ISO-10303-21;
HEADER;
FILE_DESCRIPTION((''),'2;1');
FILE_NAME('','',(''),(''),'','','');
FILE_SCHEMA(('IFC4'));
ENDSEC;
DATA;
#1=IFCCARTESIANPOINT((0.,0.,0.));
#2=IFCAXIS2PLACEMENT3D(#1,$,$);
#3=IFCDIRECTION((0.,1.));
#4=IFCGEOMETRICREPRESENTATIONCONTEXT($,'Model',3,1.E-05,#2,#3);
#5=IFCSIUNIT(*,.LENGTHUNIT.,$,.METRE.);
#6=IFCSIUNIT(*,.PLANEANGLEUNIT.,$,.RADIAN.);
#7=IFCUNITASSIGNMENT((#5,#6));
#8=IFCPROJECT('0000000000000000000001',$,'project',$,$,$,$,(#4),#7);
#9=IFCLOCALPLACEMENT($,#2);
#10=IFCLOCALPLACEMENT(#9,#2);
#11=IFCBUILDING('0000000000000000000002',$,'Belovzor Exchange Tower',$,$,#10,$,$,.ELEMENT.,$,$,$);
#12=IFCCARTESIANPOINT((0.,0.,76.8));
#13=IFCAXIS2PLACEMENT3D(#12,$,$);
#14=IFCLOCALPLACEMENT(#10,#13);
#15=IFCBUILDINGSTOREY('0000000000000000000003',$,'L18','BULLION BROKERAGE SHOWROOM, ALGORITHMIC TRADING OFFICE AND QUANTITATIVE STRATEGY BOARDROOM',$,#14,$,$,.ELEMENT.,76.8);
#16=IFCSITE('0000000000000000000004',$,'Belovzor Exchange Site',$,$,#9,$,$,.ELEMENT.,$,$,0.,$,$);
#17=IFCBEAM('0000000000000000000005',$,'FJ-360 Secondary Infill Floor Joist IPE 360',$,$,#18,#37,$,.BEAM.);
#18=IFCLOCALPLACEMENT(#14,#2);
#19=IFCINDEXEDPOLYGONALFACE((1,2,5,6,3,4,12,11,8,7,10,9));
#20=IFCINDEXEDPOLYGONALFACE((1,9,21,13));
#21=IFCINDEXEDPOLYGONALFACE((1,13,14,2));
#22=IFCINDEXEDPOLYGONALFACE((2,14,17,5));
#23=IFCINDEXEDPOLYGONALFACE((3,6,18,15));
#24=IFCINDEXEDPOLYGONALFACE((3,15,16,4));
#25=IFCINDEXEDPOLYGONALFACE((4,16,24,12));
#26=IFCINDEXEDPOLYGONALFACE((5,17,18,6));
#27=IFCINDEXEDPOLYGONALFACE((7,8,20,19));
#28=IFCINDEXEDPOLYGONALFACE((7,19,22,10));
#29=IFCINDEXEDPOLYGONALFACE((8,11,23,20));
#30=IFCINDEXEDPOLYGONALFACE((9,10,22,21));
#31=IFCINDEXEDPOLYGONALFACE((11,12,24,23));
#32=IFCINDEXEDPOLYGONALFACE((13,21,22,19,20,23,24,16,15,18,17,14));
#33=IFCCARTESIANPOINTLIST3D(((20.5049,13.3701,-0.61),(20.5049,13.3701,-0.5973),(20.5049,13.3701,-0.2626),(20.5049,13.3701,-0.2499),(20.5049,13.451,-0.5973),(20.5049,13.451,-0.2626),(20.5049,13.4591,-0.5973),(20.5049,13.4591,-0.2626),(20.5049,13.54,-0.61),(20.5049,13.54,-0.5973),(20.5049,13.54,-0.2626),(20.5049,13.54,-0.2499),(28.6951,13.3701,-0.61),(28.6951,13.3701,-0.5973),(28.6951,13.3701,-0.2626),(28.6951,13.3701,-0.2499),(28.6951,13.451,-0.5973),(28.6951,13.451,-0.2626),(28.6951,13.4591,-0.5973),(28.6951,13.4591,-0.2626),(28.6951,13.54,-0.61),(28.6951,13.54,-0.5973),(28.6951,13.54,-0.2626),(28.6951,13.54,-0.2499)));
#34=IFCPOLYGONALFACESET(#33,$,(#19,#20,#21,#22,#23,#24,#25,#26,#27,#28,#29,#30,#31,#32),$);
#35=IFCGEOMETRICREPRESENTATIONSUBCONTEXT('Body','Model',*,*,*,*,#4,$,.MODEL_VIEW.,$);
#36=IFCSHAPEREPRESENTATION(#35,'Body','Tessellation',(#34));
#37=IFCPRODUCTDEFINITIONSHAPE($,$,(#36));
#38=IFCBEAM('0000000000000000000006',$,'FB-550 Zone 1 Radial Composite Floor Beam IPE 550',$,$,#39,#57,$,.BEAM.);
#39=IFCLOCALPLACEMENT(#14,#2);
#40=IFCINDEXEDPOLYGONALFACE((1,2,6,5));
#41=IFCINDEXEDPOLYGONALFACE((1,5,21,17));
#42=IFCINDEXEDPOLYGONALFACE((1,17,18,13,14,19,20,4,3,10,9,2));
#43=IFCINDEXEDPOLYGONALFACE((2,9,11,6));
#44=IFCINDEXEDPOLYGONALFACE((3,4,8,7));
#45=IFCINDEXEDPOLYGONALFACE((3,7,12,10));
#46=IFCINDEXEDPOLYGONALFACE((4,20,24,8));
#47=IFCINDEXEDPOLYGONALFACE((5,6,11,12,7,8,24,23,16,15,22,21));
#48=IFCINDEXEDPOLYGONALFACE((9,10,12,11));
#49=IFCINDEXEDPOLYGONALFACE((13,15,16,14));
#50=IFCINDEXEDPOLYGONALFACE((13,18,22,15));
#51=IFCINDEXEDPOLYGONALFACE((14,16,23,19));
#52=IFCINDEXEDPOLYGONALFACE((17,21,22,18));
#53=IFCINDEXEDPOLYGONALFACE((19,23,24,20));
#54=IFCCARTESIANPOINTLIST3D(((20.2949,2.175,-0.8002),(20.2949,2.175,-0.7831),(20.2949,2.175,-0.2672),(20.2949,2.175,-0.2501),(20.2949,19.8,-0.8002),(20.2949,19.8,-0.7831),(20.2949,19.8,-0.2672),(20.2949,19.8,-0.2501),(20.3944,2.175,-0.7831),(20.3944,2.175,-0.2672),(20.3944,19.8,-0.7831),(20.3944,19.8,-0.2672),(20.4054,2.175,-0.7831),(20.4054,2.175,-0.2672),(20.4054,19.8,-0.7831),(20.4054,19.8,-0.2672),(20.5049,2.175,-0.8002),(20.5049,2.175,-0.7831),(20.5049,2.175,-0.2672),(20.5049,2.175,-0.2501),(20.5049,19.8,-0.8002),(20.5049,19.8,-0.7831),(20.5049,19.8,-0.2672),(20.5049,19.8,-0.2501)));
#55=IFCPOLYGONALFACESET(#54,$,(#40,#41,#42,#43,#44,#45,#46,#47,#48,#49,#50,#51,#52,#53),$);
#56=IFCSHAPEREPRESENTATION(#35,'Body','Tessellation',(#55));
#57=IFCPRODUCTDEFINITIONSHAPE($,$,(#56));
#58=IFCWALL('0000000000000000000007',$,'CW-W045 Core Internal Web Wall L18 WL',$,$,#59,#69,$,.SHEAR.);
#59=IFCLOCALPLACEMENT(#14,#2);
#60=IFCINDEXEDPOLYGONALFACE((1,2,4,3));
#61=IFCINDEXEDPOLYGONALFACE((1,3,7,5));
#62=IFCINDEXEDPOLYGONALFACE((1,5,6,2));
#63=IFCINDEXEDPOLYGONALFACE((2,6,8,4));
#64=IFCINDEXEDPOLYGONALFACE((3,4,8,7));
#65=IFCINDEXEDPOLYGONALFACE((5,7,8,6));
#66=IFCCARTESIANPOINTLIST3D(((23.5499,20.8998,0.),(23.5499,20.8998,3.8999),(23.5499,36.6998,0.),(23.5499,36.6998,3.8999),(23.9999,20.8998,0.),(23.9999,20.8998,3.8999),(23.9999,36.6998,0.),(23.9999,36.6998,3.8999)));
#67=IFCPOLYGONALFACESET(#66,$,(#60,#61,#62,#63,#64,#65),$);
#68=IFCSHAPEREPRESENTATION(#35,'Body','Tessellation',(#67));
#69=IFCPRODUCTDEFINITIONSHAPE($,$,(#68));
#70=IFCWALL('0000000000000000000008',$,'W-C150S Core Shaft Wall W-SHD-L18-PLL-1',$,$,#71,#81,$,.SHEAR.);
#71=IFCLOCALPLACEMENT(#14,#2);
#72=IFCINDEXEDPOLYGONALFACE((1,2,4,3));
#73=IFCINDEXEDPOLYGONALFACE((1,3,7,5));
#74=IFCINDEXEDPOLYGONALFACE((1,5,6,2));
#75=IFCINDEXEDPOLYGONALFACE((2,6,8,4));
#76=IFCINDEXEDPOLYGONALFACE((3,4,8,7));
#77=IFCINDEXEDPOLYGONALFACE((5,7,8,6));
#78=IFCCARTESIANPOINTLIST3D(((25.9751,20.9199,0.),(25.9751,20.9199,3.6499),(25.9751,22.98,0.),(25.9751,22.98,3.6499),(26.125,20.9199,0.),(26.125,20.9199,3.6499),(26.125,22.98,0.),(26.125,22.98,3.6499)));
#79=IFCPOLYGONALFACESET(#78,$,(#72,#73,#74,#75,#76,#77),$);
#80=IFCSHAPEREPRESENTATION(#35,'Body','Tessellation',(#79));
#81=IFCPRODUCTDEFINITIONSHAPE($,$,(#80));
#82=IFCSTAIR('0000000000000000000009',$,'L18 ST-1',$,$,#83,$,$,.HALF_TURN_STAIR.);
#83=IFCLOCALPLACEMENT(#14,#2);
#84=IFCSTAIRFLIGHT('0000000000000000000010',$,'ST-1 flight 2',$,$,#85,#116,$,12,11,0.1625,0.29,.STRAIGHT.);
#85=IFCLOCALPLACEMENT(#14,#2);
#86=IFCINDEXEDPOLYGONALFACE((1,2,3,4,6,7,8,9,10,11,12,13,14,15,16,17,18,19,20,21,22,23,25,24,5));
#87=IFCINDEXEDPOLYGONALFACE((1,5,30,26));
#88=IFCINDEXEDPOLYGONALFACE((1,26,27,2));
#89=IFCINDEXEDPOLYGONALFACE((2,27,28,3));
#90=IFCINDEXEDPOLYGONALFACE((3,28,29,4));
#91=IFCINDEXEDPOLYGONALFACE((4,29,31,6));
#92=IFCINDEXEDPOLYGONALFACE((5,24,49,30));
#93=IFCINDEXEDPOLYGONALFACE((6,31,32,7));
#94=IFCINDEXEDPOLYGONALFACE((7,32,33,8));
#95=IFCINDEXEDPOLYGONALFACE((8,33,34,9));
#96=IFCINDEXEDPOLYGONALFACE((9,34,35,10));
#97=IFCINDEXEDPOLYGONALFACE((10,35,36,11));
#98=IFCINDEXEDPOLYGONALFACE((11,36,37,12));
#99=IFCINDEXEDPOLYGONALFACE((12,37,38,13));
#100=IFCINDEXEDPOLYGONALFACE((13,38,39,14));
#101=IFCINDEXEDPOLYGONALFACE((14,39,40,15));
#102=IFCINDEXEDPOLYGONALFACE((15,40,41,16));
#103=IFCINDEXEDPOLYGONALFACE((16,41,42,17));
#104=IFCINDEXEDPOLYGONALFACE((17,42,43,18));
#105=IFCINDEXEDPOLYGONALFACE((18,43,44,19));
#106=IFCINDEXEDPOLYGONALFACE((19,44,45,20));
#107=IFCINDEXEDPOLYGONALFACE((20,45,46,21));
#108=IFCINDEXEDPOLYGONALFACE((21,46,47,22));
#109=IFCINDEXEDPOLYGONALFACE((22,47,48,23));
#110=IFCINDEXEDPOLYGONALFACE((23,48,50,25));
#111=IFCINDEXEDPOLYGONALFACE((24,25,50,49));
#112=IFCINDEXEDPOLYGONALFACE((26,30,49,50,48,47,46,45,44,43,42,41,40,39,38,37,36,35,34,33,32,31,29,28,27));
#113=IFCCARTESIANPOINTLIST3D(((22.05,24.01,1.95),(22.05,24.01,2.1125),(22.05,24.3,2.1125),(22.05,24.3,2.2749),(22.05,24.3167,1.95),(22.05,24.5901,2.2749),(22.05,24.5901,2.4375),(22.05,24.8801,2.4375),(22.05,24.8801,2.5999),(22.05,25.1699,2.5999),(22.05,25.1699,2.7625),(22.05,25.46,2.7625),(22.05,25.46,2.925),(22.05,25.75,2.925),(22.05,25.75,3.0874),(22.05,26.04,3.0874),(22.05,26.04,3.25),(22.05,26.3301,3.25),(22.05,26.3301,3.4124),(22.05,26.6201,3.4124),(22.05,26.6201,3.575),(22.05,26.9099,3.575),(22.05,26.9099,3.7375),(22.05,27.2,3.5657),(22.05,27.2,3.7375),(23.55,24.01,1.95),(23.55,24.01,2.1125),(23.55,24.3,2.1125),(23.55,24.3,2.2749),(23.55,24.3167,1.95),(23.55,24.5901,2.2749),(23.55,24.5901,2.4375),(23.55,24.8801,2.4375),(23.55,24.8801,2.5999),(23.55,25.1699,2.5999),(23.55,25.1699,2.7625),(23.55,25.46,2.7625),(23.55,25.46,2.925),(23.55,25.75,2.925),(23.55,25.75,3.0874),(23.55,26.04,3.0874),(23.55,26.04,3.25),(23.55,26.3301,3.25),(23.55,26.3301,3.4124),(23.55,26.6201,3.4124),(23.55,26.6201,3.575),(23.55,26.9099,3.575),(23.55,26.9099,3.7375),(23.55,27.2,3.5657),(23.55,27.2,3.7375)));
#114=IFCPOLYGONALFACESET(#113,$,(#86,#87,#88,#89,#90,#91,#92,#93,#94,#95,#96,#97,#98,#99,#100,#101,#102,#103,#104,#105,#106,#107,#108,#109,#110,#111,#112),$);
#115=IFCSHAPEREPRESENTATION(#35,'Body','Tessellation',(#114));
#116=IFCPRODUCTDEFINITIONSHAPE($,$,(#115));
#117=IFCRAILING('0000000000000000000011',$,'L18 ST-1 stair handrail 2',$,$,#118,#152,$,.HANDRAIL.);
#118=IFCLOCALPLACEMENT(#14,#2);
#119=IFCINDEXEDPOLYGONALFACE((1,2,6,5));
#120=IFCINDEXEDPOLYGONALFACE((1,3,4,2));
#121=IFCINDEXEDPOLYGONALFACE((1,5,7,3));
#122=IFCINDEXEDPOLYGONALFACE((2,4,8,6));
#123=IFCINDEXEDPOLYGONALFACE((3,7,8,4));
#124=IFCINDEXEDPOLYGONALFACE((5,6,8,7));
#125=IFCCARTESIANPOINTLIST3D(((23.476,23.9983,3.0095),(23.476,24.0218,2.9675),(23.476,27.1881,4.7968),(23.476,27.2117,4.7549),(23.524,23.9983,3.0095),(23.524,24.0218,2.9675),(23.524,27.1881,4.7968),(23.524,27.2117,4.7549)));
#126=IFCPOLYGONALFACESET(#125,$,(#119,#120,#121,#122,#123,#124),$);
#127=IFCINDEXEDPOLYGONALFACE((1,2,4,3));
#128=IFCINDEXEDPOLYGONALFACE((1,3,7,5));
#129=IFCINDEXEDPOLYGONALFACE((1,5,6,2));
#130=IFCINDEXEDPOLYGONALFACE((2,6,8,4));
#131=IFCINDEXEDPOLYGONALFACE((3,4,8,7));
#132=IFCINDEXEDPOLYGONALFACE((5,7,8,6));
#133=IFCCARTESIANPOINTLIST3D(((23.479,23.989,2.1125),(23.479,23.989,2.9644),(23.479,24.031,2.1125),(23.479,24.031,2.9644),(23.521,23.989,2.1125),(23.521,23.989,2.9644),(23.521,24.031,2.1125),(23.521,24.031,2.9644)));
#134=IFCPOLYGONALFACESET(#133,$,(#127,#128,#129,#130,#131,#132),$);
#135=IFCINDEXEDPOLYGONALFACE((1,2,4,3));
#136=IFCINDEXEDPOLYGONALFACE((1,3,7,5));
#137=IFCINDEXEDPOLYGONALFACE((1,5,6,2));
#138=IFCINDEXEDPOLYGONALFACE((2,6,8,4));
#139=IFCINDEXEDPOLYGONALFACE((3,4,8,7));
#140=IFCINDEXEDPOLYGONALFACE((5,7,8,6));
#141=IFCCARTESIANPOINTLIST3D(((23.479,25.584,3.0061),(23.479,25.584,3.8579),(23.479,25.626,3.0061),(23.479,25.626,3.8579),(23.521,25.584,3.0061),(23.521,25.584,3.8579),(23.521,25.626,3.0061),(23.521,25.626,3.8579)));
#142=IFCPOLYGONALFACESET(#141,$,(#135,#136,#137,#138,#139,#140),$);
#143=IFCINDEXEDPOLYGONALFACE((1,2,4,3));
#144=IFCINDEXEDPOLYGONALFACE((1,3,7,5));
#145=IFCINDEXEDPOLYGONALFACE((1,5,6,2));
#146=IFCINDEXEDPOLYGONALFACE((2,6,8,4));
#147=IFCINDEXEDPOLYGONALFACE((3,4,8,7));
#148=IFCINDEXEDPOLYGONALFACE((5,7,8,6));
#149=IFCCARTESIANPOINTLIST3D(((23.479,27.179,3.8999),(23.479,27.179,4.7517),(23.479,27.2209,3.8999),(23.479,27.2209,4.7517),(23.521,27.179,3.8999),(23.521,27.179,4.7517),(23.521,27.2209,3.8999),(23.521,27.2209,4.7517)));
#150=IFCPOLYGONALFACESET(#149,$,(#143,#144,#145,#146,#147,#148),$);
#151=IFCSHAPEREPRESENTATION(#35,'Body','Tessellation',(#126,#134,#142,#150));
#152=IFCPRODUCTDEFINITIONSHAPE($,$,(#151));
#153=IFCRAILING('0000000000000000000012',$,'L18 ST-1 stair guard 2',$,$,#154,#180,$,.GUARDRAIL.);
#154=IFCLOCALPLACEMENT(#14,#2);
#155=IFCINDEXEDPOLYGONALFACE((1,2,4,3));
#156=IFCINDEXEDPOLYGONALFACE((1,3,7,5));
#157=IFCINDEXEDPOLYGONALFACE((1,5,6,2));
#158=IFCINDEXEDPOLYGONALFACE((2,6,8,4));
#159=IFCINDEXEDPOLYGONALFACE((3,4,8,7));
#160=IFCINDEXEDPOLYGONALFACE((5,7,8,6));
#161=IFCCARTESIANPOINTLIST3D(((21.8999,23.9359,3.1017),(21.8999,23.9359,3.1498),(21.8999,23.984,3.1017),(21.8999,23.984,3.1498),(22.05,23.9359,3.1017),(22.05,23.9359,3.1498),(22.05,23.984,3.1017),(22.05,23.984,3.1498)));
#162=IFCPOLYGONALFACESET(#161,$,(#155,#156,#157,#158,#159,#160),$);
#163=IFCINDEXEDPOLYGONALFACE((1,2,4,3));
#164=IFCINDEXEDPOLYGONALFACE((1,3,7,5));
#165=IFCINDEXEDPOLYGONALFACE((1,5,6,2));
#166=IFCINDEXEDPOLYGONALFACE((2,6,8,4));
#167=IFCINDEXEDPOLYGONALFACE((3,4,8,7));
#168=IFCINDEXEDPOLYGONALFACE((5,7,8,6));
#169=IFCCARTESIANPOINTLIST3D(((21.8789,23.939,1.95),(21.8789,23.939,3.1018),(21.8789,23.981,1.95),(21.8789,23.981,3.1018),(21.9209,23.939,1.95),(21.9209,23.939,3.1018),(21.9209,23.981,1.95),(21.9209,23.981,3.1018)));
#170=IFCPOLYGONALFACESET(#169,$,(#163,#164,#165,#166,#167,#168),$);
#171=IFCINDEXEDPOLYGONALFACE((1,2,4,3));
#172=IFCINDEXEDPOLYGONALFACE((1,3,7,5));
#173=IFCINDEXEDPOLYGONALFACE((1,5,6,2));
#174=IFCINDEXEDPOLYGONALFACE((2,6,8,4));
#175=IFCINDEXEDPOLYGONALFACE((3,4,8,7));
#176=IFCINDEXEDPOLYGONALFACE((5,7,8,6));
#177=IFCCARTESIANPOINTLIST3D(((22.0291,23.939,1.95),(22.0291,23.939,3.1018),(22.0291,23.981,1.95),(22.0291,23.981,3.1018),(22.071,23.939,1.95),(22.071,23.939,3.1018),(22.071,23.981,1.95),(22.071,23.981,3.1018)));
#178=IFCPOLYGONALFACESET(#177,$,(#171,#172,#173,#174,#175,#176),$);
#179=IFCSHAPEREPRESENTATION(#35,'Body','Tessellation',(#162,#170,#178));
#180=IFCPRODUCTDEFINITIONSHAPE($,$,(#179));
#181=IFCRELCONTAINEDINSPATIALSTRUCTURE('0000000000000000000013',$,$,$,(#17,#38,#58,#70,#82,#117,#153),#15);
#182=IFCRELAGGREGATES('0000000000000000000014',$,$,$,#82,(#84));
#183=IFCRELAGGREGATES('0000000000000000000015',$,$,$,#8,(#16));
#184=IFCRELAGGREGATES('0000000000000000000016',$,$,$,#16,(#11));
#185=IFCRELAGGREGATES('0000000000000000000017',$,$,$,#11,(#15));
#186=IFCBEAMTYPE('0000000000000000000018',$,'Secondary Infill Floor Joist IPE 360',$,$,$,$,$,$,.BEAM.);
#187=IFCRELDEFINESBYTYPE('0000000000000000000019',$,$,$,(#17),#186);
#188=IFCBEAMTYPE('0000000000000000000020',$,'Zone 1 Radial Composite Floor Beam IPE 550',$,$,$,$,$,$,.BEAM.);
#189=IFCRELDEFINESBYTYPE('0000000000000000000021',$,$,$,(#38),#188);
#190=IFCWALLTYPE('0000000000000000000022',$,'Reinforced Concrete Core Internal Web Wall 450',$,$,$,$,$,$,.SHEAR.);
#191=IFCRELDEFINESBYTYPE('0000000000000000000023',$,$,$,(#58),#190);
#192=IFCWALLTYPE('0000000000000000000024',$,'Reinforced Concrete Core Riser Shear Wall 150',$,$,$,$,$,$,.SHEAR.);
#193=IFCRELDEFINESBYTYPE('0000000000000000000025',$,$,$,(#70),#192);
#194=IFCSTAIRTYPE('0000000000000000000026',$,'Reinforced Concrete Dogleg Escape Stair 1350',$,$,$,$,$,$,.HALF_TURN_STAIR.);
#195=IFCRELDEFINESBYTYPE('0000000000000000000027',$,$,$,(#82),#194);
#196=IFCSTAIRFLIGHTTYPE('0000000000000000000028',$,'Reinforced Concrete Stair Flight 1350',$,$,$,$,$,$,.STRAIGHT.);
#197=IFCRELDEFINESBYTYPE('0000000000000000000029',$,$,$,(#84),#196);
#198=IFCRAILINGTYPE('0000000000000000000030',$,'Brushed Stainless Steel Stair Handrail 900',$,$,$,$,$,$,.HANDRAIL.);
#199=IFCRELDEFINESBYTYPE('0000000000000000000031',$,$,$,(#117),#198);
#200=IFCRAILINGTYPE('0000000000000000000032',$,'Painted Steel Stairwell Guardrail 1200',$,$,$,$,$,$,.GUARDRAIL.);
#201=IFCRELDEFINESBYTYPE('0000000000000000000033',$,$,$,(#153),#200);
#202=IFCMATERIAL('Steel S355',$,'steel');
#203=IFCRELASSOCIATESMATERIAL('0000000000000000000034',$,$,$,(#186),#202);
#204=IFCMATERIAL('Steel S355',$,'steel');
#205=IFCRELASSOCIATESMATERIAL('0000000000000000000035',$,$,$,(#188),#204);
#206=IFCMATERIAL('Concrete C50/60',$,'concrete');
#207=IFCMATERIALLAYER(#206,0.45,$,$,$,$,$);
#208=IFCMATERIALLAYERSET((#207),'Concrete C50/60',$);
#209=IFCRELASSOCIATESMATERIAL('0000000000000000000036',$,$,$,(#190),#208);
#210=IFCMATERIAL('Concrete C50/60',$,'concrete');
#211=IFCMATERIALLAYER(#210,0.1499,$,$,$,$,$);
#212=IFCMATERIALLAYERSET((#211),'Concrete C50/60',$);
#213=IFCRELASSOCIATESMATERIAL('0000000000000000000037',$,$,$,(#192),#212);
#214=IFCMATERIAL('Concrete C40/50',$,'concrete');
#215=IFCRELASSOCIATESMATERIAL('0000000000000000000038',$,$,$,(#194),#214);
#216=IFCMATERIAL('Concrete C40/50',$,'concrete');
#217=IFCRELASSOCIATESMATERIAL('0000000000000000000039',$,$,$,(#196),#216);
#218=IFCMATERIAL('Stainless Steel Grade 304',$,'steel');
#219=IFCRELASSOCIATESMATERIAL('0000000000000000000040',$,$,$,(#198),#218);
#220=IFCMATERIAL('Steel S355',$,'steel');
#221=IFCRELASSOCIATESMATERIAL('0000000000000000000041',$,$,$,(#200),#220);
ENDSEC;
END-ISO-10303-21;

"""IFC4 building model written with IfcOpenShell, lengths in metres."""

from ifc_helpers import new_model, si_unit, direction, frame, frame_2d, origin, origin_2d, place, context, subcontext, project, spatial, polyline, rectangle, i_section, outline, extrude, material, layer, layer_set, material_profile, profile_set, type_object, element, aggregate, save


model = new_model("IFC4")

# Units and contexts
model_context = context("Model", 3, precision=1e-05, world=origin(), true_north=direction((0.0, 1.0)))
body_context = subcontext(model_context, "Body", "Model", "MODEL_VIEW")
ifc_project = project(units=[si_unit("LENGTHUNIT", "METRE"), si_unit("PLANEANGLEUNIT", "RADIAN")], contexts=[model_context])

# Site, building, storey
site_placement = place(None, origin())
site = spatial("IfcSite", under=ifc_project, at=site_placement, Name="Belovzor Exchange Site", CompositionType="ELEMENT", RefElevation=0.0)
building_placement = place(site_placement, origin())
building = spatial("IfcBuilding", under=site, at=building_placement, Name="Belovzor Exchange Tower", CompositionType="ELEMENT")
storey_placement = place(building_placement, frame((0.0, 0.0, 76.8)))
storey = spatial("IfcBuildingStorey", under=building, at=storey_placement, Name="L18", Description="BULLION BROKERAGE SHOWROOM, ALGORITHMIC TRADING OFFICE AND QUANTITATIVE STRATEGY BOARDROOM", CompositionType="ELEMENT", Elevation=76.8)

# Beams
ifc_material_1 = material(Name="Steel S355", Category="steel")
ifc_material_profile_1 = material_profile(ifc_material_1, i_section(OverallWidth=0.1699, OverallDepth=0.3601, WebThickness=0.0081, FlangeThickness=0.0127, at=origin_2d()))
ifc_profile_set_1 = profile_set([ifc_material_profile_1], Name="Steel S355")
beam_type_1 = type_object("IfcBeamType", Name="Secondary Infill Floor Joist IPE 360", PredefinedType="BEAM", material=ifc_profile_set_1)
beam_1_placement = place(storey_placement, frame((20.5049, 13.4551, -0.4299), z_axis=(1.0, 0.0, 0.0), x_axis=(0.0, 1.0, 0.0)))
element("IfcBeam", 1, at=beam_1_placement, inside=storey, type_object=beam_type_1, Name="FJ-360 Secondary Infill Floor Joist IPE 360", PredefinedType="BEAM", context=body_context, shape_type="SweptSolid", body=[
    extrude(i_section(OverallWidth=0.1699, OverallDepth=0.3601, WebThickness=0.0081, FlangeThickness=0.0127, at=origin_2d()), origin(), (0.0, 0.0, 1.0), 8.1902),
])
ifc_material_2 = material(Name="Steel S355", Category="steel")
ifc_material_profile_2 = material_profile(ifc_material_2, i_section(OverallWidth=0.21, OverallDepth=0.55, WebThickness=0.011, FlangeThickness=0.0171, at=origin_2d()))
ifc_profile_set_2 = profile_set([ifc_material_profile_2], Name="Steel S355")
beam_type_2 = type_object("IfcBeamType", Name="Zone 1 Radial Composite Floor Beam IPE 550", PredefinedType="BEAM", material=ifc_profile_set_2)
beam_2_placement = place(storey_placement, frame((20.3999, 19.8, -0.5251), z_axis=(0.0, -1.0, 0.0), x_axis=(1.0, 0.0, 0.0)))
element("IfcBeam", 2, at=beam_2_placement, inside=storey, type_object=beam_type_2, Name="FB-550 Zone 1 Radial Composite Floor Beam IPE 550", PredefinedType="BEAM", context=body_context, shape_type="SweptSolid", body=[
    extrude(i_section(OverallWidth=0.21, OverallDepth=0.55, WebThickness=0.011, FlangeThickness=0.0171, at=origin_2d()), origin(), (0.0, 0.0, 1.0), 17.625),
])

# Walls
ifc_material_3 = material(Name="Concrete C50/60", Category="concrete")
ifc_layer_1 = layer(ifc_material_3, 0.45)
ifc_layer_set_1 = layer_set([ifc_layer_1], Name="Concrete C50/60")
wall_type_1 = type_object("IfcWallType", Name="Reinforced Concrete Core Internal Web Wall 450", PredefinedType="SHEAR", material=ifc_layer_set_1)
wall_1_placement = place(storey_placement, frame((23.7749, 20.8999, 0.0), z_axis=(0.0, 0.0, 1.0), x_axis=(0.0, 1.0, 0.0)))
element("IfcWall", 3, at=wall_1_placement, inside=storey, type_object=wall_type_1, Name="CW-W045 Core Internal Web Wall L18 WL", PredefinedType="SHEAR", context=body_context, shape_type="SweptSolid", body=[
    extrude(rectangle(XDim=15.8, YDim=0.45, at=frame_2d((7.8999, 0.0))), origin(), (0.0, 0.0, 1.0), 3.8999),
])
ifc_material_4 = material(Name="Concrete C50/60", Category="concrete")
ifc_layer_2 = layer(ifc_material_4, 0.1499)
ifc_layer_set_2 = layer_set([ifc_layer_2], Name="Concrete C50/60")
wall_type_2 = type_object("IfcWallType", Name="Reinforced Concrete Core Riser Shear Wall 150", PredefinedType="SHEAR", material=ifc_layer_set_2)
wall_2_placement = place(storey_placement, frame((26.05, 20.9199, 0.0), z_axis=(0.0, 0.0, 1.0), x_axis=(0.0, 1.0, 0.0)))
element("IfcWall", 4, at=wall_2_placement, inside=storey, type_object=wall_type_2, Name="W-C150S Core Shaft Wall W-SHD-L18-PLL-1", PredefinedType="SHEAR", context=body_context, shape_type="SweptSolid", body=[
    extrude(rectangle(XDim=2.0601, YDim=0.1499, at=frame_2d((1.03, 0.0))), origin(), (0.0, 0.0, 1.0), 3.6499),
])

# Stair, stair flight
ifc_material_5 = material(Name="Concrete C40/50", Category="concrete")
stair_type = type_object("IfcStairType", Name="Reinforced Concrete Dogleg Escape Stair 1350", PredefinedType="HALF_TURN_STAIR", material=ifc_material_5)
stair_placement = place(storey_placement, origin())
stair = element("IfcStair", 5, at=stair_placement, inside=storey, type_object=stair_type, Name="L18 ST-1", PredefinedType="HALF_TURN_STAIR")
ifc_material_6 = material(Name="Concrete C40/50", Category="concrete")
stair_flight_type = type_object("IfcStairFlightType", Name="Reinforced Concrete Stair Flight 1350", PredefinedType="STRAIGHT", material=ifc_material_6)
stair_flight_placement = place(storey_placement, frame((22.8, 24.01, 1.95), z_axis=(0.0, 0.0, 1.0), x_axis=(0.0, 1.0, 0.0)))
stair_flight = element("IfcStairFlight", 6, at=stair_flight_placement, type_object=stair_flight_type, Name="ST-1 flight 2", NumberOfRisers=12, NumberOfTreads=11, PredefinedType="STRAIGHT", RiserHeight=0.1625, TreadLength=0.29, context=body_context, shape_type="SweptSolid", body=[
    extrude(outline(polyline([(0.0, 0.0), (0.0, 0.1626), (0.29, 0.1626), (0.29, 0.325), (0.5801, 0.325), (0.5801, 0.4875), (0.8701, 0.4875), (0.8701, 0.6499), (1.1599, 0.6499), (1.1599, 0.8125), (1.45, 0.8125), (1.45, 0.9751), (1.74, 0.9751), (1.74, 1.1375), (2.03, 1.1375), (2.03, 1.3), (2.3201, 1.3), (2.3201, 1.4624), (2.6101, 1.4624), (2.6101, 1.625), (2.8999, 1.625), (2.8999, 1.7876), (3.1899, 1.7876), (3.1899, 1.95), (3.1899, 1.6157), (0.3066, 0.0), (0.0, 0.0)])), frame((0.0, 0.75, 0.0), z_axis=(0.0, -1.0, 0.0), x_axis=(1.0, 0.0, 0.0)), (0.0, 0.0, 1.0), 1.5),
])
aggregate(stair, [stair_flight])

# Railings
ifc_material_7 = material(Name="Stainless Steel Grade 304", Category="steel")
railing_type_1 = type_object("IfcRailingType", Name="Brushed Stainless Steel Stair Handrail 900", PredefinedType="HANDRAIL", material=ifc_material_7)
railing_1_placement = place(storey_placement, frame((23.5, 24.01, 2.1125)))
element("IfcRailing", 7, at=railing_1_placement, inside=storey, type_object=railing_type_1, Name="L18 ST-1 stair handrail 2", PredefinedType="HANDRAIL", context=body_context, shape_type="SweptSolid", body=[
    extrude(rectangle(XDim=0.0481, YDim=0.0481, at=origin_2d()), frame((0.0, 0.0, 0.876), z_axis=(0.0, 0.872391, 0.488809), x_axis=(-1.0, 0.0, 0.0)), (0.0, 0.0, 1.0), 3.6565),
    extrude(rectangle(XDim=0.042, YDim=0.042, at=origin_2d()), origin(), (0.0, 0.0, 1.0), 0.8518),
    extrude(rectangle(XDim=0.042, YDim=0.042, at=origin_2d()), frame((0.0, 1.595, 0.8936)), (0.0, 0.0, 1.0), 0.8518),
    extrude(rectangle(XDim=0.042, YDim=0.042, at=origin_2d()), frame((0.0, 3.1899, 1.7874)), (0.0, 0.0, 1.0), 0.8518),
])
ifc_material_8 = material(Name="Steel S355", Category="steel")
railing_type_2 = type_object("IfcRailingType", Name="Painted Steel Stairwell Guardrail 1200", PredefinedType="GUARDRAIL", material=ifc_material_8)
railing_2_placement = place(storey_placement, frame((21.8999, 23.96, 1.95)))
element("IfcRailing", 8, at=railing_2_placement, inside=storey, type_object=railing_type_2, Name="L18 ST-1 stair guard 2", PredefinedType="GUARDRAIL", context=body_context, shape_type="SweptSolid", body=[
    extrude(rectangle(XDim=0.0481, YDim=0.0481, at=origin_2d()), frame((0.0, 0.0, 1.1758), z_axis=(1.0, 0.0, 0.0), x_axis=(0.0, 1.0, 0.0)), (0.0, 0.0, 1.0), 0.1501),
    extrude(rectangle(XDim=0.042, YDim=0.042, at=origin_2d()), origin(), (0.0, 0.0, 1.0), 1.1519),
    extrude(rectangle(XDim=0.042, YDim=0.042, at=origin_2d()), frame((0.1501, 0.0, 0.0)), (0.0, 0.0, 1.0), 1.1519),
])

save(model, "model.ifc")
